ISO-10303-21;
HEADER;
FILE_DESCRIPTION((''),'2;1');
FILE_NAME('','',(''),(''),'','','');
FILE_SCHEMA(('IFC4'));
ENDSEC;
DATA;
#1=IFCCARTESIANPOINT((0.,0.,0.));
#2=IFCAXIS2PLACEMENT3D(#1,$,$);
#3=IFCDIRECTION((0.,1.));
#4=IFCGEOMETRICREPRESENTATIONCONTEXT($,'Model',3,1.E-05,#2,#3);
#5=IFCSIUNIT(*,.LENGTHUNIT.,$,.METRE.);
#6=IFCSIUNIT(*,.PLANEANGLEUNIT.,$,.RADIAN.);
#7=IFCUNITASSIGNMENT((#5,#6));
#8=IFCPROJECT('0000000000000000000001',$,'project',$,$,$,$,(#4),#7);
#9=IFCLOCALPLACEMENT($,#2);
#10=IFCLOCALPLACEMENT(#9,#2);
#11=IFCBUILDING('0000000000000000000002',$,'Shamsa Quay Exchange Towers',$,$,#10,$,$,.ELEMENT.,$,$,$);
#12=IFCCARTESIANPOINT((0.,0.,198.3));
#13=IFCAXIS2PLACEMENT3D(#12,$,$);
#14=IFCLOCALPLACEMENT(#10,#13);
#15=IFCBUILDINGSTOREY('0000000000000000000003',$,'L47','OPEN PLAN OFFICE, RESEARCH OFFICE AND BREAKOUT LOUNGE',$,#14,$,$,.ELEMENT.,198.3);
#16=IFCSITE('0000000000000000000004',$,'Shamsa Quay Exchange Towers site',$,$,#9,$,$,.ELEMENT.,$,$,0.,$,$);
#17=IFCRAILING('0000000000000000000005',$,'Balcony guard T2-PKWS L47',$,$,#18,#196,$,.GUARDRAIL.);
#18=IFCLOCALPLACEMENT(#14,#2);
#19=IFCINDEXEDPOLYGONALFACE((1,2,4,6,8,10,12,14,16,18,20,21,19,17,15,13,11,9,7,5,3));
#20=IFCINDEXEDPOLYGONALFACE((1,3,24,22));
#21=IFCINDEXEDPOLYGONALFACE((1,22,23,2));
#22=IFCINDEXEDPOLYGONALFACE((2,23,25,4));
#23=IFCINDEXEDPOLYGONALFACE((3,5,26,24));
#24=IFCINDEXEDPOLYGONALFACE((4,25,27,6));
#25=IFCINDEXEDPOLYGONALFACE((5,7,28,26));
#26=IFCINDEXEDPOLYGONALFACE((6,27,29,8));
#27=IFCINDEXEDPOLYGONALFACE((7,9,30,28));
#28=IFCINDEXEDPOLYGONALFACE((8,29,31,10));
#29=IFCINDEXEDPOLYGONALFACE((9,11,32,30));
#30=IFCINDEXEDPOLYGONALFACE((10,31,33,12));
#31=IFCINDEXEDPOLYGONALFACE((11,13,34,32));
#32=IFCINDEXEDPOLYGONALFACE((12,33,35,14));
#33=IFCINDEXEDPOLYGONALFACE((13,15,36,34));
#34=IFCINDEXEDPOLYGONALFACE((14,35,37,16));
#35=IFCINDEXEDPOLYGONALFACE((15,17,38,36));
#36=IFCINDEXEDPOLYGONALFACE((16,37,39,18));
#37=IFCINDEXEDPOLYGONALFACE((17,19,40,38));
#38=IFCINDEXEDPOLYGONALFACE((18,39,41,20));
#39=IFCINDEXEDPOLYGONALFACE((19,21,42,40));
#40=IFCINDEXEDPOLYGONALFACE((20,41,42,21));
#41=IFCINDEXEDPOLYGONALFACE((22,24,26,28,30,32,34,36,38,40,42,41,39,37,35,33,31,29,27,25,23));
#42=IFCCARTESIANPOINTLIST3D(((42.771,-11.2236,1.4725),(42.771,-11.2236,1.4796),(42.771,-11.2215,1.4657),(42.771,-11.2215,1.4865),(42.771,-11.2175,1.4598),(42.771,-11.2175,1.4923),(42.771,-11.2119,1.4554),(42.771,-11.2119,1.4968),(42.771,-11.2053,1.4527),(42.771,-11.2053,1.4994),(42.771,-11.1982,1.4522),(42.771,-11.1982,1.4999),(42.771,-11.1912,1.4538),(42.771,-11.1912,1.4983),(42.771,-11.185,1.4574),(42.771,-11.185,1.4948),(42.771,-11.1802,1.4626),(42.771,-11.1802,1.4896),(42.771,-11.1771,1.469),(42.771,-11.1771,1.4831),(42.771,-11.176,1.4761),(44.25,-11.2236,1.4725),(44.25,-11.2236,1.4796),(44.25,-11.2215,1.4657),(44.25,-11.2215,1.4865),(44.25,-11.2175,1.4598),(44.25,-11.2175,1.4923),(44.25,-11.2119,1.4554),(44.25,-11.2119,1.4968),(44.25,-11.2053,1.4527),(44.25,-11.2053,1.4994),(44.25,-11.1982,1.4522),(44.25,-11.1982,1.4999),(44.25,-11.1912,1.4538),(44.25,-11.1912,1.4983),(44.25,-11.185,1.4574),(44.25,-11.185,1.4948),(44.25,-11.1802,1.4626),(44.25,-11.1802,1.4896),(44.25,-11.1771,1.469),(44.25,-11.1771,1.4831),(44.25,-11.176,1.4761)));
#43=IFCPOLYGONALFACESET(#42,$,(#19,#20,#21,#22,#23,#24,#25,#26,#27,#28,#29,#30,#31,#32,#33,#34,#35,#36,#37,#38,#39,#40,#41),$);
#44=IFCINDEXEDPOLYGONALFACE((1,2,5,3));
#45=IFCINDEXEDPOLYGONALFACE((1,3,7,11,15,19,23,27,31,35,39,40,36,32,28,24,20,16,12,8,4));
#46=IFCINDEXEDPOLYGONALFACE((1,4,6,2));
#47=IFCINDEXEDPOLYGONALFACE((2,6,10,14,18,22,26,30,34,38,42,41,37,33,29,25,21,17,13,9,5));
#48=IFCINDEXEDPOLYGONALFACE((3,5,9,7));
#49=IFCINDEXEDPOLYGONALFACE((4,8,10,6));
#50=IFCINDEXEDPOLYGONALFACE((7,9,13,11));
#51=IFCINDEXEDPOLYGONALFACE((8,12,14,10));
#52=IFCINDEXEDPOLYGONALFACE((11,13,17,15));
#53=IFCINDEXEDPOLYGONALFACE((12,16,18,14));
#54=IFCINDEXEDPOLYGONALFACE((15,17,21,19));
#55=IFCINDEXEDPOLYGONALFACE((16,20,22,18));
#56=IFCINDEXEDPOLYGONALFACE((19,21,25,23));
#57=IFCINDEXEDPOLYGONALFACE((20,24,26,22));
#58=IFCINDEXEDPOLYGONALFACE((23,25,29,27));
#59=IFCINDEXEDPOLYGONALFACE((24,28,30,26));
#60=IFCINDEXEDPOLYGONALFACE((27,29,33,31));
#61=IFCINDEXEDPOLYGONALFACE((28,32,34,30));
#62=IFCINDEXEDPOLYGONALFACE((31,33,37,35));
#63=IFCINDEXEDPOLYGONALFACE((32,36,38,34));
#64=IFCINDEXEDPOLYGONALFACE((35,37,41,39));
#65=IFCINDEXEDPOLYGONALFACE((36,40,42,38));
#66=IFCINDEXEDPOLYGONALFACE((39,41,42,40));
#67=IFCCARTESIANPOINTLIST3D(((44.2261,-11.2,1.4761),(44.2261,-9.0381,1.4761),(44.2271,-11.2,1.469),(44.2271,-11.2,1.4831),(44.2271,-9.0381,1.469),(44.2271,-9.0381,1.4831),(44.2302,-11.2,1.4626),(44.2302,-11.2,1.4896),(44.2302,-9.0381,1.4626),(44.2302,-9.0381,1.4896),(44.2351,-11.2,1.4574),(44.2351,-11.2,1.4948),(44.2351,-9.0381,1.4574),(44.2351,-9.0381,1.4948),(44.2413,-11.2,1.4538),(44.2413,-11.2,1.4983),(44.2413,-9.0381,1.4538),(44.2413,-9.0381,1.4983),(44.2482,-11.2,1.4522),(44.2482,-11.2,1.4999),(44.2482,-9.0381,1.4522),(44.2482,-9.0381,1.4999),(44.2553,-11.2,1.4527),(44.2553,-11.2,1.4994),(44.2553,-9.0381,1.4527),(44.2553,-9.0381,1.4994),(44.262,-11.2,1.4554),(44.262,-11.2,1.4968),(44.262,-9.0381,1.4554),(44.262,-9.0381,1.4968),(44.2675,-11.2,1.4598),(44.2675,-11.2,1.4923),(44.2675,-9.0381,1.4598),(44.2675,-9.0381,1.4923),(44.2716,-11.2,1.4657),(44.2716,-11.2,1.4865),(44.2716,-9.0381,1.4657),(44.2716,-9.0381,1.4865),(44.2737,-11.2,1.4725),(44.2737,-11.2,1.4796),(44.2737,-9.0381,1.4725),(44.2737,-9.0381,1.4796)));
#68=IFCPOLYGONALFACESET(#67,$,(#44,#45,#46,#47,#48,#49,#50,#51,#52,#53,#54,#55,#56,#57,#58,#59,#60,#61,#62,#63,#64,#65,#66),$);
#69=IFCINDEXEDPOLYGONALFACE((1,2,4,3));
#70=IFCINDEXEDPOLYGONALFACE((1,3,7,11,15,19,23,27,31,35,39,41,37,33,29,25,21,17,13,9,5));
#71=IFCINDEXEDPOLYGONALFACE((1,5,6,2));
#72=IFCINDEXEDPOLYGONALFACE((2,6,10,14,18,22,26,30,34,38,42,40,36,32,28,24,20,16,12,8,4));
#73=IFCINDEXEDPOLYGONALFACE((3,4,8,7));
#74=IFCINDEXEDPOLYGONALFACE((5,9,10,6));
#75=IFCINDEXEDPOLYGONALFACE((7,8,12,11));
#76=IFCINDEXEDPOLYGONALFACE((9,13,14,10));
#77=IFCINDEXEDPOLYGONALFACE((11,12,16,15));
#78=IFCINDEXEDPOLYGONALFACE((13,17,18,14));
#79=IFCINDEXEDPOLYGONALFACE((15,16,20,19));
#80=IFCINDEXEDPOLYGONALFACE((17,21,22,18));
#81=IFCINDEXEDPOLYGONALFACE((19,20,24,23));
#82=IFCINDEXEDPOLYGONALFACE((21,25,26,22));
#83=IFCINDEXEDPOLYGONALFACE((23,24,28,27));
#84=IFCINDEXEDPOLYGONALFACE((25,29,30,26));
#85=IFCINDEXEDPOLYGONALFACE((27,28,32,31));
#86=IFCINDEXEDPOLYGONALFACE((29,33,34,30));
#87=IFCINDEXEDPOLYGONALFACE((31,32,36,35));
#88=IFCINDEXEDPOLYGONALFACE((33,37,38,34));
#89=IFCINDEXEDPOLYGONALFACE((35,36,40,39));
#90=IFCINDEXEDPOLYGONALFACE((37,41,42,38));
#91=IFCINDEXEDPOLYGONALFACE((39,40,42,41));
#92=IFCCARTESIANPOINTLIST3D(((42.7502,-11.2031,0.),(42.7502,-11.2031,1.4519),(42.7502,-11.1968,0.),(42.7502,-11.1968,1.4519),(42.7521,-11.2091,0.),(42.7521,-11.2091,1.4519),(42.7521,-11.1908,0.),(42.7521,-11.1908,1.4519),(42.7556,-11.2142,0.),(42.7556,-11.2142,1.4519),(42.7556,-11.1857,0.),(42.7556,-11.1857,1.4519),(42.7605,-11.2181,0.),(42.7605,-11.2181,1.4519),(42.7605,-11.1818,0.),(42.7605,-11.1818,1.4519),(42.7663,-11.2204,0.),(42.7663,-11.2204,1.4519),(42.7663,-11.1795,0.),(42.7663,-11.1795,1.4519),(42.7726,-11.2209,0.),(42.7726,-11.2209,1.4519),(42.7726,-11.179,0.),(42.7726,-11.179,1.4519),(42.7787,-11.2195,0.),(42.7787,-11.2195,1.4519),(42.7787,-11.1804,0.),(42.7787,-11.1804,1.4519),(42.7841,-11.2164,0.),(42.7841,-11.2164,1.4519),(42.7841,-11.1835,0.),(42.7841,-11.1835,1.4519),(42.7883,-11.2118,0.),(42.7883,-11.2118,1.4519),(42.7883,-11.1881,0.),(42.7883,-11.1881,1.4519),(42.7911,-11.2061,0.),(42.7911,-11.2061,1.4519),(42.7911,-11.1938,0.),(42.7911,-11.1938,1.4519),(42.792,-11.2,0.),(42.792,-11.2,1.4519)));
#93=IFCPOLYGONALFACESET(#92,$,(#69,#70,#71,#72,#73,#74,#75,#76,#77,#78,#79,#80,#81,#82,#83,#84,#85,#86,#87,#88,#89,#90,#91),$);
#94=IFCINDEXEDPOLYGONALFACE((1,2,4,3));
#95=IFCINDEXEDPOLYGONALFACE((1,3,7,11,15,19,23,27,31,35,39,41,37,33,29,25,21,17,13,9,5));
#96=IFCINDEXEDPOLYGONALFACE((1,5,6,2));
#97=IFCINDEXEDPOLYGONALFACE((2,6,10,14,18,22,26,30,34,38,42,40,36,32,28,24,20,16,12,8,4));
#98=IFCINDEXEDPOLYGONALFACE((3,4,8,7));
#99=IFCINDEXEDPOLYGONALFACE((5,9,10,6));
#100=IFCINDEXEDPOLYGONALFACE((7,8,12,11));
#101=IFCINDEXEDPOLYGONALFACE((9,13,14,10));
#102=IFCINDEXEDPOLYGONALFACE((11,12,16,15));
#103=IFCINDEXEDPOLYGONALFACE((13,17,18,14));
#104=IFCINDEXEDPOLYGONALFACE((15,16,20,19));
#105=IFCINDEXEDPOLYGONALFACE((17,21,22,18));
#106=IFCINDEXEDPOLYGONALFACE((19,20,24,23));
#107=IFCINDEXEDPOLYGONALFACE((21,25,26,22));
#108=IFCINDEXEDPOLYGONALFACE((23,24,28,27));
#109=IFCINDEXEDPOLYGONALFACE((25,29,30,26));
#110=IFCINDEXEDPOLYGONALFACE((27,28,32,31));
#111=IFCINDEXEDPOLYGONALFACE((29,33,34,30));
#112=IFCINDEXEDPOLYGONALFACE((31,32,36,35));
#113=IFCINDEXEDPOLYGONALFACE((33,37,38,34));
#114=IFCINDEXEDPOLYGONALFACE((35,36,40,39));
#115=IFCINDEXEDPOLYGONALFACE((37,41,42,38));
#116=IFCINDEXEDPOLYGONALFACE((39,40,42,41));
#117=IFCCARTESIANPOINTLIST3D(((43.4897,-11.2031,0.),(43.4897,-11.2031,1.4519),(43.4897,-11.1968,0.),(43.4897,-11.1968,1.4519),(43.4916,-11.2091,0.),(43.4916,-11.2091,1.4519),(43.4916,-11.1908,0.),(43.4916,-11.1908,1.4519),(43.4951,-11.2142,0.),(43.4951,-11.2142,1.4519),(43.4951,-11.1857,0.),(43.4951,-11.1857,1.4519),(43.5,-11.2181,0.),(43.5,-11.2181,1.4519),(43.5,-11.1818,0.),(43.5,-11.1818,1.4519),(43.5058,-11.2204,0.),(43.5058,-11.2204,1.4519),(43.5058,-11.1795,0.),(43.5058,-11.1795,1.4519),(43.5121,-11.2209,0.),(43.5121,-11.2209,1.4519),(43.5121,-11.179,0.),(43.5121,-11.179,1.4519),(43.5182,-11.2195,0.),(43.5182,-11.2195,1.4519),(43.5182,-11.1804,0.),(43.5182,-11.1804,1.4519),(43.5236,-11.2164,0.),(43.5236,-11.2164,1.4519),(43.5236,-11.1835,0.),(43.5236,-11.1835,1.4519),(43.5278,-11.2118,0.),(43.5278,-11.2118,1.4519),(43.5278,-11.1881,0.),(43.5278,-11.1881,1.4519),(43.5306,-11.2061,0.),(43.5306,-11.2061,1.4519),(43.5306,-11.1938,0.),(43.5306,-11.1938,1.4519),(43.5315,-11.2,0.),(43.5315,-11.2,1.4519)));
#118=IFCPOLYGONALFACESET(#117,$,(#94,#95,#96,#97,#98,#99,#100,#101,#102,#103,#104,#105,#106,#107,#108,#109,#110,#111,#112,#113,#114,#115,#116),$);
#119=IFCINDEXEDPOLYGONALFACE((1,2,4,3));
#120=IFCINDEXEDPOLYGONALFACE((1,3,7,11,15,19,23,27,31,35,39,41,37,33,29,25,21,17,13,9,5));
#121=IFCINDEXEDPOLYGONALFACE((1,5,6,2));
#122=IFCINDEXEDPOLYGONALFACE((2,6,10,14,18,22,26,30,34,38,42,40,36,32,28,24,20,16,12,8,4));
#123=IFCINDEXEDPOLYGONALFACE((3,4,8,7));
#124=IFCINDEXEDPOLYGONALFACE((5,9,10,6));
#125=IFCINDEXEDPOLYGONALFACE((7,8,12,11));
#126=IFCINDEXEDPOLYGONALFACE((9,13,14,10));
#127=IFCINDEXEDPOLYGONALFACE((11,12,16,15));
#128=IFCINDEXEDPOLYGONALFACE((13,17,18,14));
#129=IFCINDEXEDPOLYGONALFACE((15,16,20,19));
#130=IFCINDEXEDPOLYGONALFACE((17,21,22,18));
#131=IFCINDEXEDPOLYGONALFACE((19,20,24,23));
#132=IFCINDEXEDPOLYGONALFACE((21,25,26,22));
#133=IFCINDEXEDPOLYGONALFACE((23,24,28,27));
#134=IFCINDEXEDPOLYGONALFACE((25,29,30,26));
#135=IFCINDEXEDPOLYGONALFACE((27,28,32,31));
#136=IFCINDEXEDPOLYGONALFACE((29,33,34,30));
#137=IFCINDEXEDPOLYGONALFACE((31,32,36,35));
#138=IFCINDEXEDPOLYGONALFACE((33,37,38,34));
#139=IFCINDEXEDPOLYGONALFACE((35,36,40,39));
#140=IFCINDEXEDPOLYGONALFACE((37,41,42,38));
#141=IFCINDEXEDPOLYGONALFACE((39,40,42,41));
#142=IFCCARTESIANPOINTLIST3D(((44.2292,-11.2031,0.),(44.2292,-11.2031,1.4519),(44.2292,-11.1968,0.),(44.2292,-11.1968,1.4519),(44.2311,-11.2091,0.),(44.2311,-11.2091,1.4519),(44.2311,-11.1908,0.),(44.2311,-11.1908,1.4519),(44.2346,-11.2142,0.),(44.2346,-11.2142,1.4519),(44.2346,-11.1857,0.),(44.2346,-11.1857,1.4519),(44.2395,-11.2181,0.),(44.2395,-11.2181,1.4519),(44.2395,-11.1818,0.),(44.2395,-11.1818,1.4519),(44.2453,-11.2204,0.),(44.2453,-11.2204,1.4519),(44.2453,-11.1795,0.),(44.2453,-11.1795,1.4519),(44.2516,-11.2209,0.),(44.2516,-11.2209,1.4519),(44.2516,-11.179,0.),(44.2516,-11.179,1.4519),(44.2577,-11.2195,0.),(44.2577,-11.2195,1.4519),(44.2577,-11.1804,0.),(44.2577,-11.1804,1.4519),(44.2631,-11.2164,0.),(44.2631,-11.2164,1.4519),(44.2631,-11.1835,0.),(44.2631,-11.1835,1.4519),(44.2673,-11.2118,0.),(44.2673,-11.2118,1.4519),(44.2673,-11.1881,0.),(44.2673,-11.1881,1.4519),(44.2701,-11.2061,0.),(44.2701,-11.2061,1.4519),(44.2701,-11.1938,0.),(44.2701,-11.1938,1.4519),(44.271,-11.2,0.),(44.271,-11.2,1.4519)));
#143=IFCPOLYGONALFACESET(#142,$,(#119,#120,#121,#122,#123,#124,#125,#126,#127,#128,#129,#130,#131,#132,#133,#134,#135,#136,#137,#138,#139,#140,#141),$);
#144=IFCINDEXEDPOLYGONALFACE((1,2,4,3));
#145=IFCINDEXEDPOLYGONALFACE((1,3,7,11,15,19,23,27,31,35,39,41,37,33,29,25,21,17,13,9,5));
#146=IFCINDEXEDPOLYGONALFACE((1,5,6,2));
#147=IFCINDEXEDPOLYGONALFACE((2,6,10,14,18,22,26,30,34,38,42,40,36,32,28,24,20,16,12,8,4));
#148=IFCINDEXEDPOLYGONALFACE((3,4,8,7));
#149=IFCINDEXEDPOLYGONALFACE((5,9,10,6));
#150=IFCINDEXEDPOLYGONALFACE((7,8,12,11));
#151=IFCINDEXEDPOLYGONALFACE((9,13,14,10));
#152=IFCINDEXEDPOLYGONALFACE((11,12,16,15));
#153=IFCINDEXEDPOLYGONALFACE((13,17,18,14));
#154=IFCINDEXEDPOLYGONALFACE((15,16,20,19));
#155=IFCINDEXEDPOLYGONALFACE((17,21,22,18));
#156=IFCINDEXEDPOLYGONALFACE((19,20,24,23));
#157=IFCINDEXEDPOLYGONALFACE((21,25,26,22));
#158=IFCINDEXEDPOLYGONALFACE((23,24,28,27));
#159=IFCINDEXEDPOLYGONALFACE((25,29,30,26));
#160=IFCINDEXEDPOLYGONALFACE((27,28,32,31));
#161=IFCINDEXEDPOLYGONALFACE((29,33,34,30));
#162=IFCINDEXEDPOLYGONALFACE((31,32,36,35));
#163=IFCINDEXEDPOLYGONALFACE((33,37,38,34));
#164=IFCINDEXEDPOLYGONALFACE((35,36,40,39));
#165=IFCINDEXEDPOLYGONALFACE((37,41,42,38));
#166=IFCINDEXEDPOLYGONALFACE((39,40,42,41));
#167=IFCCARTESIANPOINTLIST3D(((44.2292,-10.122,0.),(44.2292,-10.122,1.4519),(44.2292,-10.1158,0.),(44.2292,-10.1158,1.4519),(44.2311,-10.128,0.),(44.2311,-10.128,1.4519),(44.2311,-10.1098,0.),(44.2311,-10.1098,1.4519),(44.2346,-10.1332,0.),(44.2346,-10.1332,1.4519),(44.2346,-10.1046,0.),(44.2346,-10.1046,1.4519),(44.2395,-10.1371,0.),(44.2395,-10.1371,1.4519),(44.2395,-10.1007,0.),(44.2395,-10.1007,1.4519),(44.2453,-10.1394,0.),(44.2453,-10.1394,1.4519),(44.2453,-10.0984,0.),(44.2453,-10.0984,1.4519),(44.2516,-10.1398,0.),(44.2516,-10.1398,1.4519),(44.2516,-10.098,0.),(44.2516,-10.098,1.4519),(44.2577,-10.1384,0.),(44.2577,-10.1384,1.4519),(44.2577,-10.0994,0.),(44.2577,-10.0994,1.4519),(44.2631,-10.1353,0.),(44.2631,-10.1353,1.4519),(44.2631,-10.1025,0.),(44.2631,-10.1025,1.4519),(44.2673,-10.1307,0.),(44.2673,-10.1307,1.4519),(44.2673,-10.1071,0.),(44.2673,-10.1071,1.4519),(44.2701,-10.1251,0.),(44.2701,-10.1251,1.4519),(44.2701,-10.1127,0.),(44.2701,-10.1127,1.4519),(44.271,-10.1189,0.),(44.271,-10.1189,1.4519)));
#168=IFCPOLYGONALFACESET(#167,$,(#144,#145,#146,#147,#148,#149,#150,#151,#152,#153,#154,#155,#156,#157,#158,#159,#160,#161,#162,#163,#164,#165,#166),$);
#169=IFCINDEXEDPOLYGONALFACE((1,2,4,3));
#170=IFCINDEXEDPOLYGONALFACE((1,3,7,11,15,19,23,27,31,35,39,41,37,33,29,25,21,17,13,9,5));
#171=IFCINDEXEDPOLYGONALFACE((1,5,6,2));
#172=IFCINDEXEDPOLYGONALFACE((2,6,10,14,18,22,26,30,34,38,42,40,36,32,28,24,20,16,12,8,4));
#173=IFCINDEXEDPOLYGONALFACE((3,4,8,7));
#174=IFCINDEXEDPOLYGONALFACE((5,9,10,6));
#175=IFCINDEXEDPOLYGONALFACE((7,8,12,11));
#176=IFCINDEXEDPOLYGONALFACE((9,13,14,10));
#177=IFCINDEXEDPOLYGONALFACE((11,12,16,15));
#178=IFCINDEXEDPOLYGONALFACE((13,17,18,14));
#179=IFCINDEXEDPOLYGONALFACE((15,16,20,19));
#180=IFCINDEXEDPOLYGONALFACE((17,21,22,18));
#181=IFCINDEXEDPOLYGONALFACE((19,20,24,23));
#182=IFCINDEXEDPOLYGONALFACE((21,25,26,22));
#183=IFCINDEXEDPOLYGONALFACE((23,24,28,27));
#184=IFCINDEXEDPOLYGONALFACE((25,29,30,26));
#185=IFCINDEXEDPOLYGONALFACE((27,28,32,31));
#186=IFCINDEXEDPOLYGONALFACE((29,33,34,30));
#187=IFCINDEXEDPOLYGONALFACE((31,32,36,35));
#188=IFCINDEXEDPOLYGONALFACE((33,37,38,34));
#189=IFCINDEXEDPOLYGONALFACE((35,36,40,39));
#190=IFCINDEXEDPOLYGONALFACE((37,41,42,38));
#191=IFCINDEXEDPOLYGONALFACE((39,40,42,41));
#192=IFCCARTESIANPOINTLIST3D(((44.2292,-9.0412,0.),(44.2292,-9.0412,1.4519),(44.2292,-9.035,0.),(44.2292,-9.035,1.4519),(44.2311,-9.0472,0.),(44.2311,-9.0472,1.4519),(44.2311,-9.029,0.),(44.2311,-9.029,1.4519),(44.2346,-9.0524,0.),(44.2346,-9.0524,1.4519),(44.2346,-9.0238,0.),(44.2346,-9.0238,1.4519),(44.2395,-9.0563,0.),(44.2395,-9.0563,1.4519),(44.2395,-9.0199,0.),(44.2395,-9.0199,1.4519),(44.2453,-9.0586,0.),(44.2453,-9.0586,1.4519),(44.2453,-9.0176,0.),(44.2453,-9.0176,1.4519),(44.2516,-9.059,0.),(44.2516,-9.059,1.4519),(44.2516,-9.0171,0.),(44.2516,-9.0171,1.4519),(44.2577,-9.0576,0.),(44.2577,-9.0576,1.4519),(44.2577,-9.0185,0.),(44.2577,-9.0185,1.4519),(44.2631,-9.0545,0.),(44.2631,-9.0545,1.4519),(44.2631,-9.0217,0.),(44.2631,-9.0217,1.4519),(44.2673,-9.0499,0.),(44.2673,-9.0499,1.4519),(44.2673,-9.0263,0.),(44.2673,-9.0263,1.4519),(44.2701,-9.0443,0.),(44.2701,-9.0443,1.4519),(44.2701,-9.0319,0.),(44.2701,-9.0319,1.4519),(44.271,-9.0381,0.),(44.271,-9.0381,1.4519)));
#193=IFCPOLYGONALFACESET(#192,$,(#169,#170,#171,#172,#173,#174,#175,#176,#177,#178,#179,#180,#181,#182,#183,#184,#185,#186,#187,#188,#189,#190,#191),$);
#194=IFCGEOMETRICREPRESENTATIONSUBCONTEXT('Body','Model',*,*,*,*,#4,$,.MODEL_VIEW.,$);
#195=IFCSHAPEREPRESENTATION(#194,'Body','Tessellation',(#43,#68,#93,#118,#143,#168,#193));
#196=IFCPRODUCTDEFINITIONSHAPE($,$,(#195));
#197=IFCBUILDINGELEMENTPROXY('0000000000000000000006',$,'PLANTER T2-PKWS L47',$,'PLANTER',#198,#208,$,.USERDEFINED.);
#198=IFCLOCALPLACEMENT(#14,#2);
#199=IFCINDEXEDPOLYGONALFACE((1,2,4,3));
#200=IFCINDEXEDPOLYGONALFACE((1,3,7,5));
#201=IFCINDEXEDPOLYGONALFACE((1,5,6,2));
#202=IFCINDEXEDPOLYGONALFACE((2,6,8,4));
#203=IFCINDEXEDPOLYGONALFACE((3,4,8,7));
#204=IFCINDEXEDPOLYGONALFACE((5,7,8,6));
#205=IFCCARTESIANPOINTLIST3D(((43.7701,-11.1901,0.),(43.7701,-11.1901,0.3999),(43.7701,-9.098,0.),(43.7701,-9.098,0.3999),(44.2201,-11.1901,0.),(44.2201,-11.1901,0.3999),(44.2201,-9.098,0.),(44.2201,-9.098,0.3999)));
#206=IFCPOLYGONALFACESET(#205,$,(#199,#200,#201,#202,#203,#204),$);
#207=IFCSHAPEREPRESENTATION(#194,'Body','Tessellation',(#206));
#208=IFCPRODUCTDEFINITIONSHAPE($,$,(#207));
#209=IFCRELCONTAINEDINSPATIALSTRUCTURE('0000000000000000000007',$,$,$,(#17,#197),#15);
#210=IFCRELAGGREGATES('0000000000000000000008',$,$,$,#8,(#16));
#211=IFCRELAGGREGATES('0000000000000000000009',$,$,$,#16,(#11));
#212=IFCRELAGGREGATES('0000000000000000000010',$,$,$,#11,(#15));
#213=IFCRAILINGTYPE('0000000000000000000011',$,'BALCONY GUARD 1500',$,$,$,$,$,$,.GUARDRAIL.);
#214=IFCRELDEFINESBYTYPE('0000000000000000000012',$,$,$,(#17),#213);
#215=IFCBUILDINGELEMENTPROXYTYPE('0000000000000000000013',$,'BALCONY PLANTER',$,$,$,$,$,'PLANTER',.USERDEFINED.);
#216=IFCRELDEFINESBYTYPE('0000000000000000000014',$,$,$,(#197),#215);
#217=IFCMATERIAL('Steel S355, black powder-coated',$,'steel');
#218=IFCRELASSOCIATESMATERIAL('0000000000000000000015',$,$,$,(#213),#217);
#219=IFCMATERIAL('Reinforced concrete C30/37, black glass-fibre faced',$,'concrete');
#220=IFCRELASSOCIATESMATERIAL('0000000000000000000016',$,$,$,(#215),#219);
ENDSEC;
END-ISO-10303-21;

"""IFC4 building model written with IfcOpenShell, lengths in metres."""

from ifc_helpers import new_model, si_unit, direction, frame, origin, origin_2d, place, context, subcontext, project, spatial, rectangle, circle, extrude, material, type_object, element, save


model = new_model("IFC4")

# Units and contexts
model_context = context("Model", 3, precision=1e-05, world=origin(), true_north=direction((0.0, 1.0)))
body_context = subcontext(model_context, "Body", "Model", "MODEL_VIEW")
ifc_project = project(units=[si_unit("LENGTHUNIT", "METRE"), si_unit("PLANEANGLEUNIT", "RADIAN")], contexts=[model_context])

# Site, building, storey
site_placement = place(None, origin())
site = spatial("IfcSite", under=ifc_project, at=site_placement, Name="Shamsa Quay Exchange Towers site", CompositionType="ELEMENT", RefElevation=0.0)
building_placement = place(site_placement, origin())
building = spatial("IfcBuilding", under=site, at=building_placement, Name="Shamsa Quay Exchange Towers", CompositionType="ELEMENT")
storey_placement = place(building_placement, frame((0.0, 0.0, 198.3)))
storey = spatial("IfcBuildingStorey", under=building, at=storey_placement, Name="L47", Description="OPEN PLAN OFFICE, RESEARCH OFFICE AND BREAKOUT LOUNGE", CompositionType="ELEMENT", Elevation=198.3)

# Railing
ifc_material_1 = material(Name="Steel S355, black powder-coated", Category="steel")
railing_type = type_object("IfcRailingType", Name="BALCONY GUARD 1500", PredefinedType="GUARDRAIL", material=ifc_material_1)
railing_placement = place(storey_placement, frame((42.771, -11.2, 0.0)))
element("IfcRailing", 1, at=railing_placement, inside=storey, type_object=railing_type, Name="Balcony guard T2-PKWS L47", PredefinedType="GUARDRAIL", context=body_context, shape_type="SweptSolid", body=[
    extrude(circle(Radius=0.0239, at=origin_2d()), frame((0.0, 0.0, 1.4761), z_axis=(1.0, 0.0, 0.0), x_axis=(0.0, 1.0, 0.0)), (0.0, 0.0, 1.0), 1.479),
    extrude(circle(Radius=0.0239, at=origin_2d()), frame((1.479, 0.0, 1.4761), z_axis=(0.0, 1.0, 0.0), x_axis=(-1.0, 0.0, 0.0)), (0.0, 0.0, 1.0), 2.1619),
    extrude(circle(Radius=0.021, at=origin_2d()), origin(), (0.0, 0.0, 1.0), 1.4519),
    extrude(circle(Radius=0.021, at=origin_2d()), frame((0.7395, 0.0, 0.0)), (0.0, 0.0, 1.0), 1.4519),
    extrude(circle(Radius=0.021, at=origin_2d()), frame((1.479, 0.0, 0.0)), (0.0, 0.0, 1.0), 1.4519),
    extrude(circle(Radius=0.021, at=origin_2d()), frame((1.479, 1.0811, 0.0)), (0.0, 0.0, 1.0), 1.4519),
    extrude(circle(Radius=0.021, at=origin_2d()), frame((1.479, 2.1619, 0.0)), (0.0, 0.0, 1.0), 1.4519),
])

# Building element proxy
ifc_material_2 = material(Name="Reinforced concrete C30/37, black glass-fibre faced", Category="concrete")
building_element_proxy_type = type_object("IfcBuildingElementProxyType", Name="BALCONY PLANTER", ElementType="PLANTER", PredefinedType="USERDEFINED", material=ifc_material_2)
proxy_placement = place(storey_placement, frame((43.9951, -10.144, 0.0), z_axis=(0.0, 0.0, 1.0), x_axis=(0.0, 1.0, 0.0)))
element("IfcBuildingElementProxy", 2, at=proxy_placement, inside=storey, type_object=building_element_proxy_type, Name="PLANTER T2-PKWS L47", ObjectType="PLANTER", PredefinedType="USERDEFINED", context=body_context, shape_type="SweptSolid", body=[
    extrude(rectangle(XDim=2.092, YDim=0.45, at=origin_2d()), origin(), (0.0, 0.0, 1.0), 0.3999),
])

save(model, "model.ifc")
